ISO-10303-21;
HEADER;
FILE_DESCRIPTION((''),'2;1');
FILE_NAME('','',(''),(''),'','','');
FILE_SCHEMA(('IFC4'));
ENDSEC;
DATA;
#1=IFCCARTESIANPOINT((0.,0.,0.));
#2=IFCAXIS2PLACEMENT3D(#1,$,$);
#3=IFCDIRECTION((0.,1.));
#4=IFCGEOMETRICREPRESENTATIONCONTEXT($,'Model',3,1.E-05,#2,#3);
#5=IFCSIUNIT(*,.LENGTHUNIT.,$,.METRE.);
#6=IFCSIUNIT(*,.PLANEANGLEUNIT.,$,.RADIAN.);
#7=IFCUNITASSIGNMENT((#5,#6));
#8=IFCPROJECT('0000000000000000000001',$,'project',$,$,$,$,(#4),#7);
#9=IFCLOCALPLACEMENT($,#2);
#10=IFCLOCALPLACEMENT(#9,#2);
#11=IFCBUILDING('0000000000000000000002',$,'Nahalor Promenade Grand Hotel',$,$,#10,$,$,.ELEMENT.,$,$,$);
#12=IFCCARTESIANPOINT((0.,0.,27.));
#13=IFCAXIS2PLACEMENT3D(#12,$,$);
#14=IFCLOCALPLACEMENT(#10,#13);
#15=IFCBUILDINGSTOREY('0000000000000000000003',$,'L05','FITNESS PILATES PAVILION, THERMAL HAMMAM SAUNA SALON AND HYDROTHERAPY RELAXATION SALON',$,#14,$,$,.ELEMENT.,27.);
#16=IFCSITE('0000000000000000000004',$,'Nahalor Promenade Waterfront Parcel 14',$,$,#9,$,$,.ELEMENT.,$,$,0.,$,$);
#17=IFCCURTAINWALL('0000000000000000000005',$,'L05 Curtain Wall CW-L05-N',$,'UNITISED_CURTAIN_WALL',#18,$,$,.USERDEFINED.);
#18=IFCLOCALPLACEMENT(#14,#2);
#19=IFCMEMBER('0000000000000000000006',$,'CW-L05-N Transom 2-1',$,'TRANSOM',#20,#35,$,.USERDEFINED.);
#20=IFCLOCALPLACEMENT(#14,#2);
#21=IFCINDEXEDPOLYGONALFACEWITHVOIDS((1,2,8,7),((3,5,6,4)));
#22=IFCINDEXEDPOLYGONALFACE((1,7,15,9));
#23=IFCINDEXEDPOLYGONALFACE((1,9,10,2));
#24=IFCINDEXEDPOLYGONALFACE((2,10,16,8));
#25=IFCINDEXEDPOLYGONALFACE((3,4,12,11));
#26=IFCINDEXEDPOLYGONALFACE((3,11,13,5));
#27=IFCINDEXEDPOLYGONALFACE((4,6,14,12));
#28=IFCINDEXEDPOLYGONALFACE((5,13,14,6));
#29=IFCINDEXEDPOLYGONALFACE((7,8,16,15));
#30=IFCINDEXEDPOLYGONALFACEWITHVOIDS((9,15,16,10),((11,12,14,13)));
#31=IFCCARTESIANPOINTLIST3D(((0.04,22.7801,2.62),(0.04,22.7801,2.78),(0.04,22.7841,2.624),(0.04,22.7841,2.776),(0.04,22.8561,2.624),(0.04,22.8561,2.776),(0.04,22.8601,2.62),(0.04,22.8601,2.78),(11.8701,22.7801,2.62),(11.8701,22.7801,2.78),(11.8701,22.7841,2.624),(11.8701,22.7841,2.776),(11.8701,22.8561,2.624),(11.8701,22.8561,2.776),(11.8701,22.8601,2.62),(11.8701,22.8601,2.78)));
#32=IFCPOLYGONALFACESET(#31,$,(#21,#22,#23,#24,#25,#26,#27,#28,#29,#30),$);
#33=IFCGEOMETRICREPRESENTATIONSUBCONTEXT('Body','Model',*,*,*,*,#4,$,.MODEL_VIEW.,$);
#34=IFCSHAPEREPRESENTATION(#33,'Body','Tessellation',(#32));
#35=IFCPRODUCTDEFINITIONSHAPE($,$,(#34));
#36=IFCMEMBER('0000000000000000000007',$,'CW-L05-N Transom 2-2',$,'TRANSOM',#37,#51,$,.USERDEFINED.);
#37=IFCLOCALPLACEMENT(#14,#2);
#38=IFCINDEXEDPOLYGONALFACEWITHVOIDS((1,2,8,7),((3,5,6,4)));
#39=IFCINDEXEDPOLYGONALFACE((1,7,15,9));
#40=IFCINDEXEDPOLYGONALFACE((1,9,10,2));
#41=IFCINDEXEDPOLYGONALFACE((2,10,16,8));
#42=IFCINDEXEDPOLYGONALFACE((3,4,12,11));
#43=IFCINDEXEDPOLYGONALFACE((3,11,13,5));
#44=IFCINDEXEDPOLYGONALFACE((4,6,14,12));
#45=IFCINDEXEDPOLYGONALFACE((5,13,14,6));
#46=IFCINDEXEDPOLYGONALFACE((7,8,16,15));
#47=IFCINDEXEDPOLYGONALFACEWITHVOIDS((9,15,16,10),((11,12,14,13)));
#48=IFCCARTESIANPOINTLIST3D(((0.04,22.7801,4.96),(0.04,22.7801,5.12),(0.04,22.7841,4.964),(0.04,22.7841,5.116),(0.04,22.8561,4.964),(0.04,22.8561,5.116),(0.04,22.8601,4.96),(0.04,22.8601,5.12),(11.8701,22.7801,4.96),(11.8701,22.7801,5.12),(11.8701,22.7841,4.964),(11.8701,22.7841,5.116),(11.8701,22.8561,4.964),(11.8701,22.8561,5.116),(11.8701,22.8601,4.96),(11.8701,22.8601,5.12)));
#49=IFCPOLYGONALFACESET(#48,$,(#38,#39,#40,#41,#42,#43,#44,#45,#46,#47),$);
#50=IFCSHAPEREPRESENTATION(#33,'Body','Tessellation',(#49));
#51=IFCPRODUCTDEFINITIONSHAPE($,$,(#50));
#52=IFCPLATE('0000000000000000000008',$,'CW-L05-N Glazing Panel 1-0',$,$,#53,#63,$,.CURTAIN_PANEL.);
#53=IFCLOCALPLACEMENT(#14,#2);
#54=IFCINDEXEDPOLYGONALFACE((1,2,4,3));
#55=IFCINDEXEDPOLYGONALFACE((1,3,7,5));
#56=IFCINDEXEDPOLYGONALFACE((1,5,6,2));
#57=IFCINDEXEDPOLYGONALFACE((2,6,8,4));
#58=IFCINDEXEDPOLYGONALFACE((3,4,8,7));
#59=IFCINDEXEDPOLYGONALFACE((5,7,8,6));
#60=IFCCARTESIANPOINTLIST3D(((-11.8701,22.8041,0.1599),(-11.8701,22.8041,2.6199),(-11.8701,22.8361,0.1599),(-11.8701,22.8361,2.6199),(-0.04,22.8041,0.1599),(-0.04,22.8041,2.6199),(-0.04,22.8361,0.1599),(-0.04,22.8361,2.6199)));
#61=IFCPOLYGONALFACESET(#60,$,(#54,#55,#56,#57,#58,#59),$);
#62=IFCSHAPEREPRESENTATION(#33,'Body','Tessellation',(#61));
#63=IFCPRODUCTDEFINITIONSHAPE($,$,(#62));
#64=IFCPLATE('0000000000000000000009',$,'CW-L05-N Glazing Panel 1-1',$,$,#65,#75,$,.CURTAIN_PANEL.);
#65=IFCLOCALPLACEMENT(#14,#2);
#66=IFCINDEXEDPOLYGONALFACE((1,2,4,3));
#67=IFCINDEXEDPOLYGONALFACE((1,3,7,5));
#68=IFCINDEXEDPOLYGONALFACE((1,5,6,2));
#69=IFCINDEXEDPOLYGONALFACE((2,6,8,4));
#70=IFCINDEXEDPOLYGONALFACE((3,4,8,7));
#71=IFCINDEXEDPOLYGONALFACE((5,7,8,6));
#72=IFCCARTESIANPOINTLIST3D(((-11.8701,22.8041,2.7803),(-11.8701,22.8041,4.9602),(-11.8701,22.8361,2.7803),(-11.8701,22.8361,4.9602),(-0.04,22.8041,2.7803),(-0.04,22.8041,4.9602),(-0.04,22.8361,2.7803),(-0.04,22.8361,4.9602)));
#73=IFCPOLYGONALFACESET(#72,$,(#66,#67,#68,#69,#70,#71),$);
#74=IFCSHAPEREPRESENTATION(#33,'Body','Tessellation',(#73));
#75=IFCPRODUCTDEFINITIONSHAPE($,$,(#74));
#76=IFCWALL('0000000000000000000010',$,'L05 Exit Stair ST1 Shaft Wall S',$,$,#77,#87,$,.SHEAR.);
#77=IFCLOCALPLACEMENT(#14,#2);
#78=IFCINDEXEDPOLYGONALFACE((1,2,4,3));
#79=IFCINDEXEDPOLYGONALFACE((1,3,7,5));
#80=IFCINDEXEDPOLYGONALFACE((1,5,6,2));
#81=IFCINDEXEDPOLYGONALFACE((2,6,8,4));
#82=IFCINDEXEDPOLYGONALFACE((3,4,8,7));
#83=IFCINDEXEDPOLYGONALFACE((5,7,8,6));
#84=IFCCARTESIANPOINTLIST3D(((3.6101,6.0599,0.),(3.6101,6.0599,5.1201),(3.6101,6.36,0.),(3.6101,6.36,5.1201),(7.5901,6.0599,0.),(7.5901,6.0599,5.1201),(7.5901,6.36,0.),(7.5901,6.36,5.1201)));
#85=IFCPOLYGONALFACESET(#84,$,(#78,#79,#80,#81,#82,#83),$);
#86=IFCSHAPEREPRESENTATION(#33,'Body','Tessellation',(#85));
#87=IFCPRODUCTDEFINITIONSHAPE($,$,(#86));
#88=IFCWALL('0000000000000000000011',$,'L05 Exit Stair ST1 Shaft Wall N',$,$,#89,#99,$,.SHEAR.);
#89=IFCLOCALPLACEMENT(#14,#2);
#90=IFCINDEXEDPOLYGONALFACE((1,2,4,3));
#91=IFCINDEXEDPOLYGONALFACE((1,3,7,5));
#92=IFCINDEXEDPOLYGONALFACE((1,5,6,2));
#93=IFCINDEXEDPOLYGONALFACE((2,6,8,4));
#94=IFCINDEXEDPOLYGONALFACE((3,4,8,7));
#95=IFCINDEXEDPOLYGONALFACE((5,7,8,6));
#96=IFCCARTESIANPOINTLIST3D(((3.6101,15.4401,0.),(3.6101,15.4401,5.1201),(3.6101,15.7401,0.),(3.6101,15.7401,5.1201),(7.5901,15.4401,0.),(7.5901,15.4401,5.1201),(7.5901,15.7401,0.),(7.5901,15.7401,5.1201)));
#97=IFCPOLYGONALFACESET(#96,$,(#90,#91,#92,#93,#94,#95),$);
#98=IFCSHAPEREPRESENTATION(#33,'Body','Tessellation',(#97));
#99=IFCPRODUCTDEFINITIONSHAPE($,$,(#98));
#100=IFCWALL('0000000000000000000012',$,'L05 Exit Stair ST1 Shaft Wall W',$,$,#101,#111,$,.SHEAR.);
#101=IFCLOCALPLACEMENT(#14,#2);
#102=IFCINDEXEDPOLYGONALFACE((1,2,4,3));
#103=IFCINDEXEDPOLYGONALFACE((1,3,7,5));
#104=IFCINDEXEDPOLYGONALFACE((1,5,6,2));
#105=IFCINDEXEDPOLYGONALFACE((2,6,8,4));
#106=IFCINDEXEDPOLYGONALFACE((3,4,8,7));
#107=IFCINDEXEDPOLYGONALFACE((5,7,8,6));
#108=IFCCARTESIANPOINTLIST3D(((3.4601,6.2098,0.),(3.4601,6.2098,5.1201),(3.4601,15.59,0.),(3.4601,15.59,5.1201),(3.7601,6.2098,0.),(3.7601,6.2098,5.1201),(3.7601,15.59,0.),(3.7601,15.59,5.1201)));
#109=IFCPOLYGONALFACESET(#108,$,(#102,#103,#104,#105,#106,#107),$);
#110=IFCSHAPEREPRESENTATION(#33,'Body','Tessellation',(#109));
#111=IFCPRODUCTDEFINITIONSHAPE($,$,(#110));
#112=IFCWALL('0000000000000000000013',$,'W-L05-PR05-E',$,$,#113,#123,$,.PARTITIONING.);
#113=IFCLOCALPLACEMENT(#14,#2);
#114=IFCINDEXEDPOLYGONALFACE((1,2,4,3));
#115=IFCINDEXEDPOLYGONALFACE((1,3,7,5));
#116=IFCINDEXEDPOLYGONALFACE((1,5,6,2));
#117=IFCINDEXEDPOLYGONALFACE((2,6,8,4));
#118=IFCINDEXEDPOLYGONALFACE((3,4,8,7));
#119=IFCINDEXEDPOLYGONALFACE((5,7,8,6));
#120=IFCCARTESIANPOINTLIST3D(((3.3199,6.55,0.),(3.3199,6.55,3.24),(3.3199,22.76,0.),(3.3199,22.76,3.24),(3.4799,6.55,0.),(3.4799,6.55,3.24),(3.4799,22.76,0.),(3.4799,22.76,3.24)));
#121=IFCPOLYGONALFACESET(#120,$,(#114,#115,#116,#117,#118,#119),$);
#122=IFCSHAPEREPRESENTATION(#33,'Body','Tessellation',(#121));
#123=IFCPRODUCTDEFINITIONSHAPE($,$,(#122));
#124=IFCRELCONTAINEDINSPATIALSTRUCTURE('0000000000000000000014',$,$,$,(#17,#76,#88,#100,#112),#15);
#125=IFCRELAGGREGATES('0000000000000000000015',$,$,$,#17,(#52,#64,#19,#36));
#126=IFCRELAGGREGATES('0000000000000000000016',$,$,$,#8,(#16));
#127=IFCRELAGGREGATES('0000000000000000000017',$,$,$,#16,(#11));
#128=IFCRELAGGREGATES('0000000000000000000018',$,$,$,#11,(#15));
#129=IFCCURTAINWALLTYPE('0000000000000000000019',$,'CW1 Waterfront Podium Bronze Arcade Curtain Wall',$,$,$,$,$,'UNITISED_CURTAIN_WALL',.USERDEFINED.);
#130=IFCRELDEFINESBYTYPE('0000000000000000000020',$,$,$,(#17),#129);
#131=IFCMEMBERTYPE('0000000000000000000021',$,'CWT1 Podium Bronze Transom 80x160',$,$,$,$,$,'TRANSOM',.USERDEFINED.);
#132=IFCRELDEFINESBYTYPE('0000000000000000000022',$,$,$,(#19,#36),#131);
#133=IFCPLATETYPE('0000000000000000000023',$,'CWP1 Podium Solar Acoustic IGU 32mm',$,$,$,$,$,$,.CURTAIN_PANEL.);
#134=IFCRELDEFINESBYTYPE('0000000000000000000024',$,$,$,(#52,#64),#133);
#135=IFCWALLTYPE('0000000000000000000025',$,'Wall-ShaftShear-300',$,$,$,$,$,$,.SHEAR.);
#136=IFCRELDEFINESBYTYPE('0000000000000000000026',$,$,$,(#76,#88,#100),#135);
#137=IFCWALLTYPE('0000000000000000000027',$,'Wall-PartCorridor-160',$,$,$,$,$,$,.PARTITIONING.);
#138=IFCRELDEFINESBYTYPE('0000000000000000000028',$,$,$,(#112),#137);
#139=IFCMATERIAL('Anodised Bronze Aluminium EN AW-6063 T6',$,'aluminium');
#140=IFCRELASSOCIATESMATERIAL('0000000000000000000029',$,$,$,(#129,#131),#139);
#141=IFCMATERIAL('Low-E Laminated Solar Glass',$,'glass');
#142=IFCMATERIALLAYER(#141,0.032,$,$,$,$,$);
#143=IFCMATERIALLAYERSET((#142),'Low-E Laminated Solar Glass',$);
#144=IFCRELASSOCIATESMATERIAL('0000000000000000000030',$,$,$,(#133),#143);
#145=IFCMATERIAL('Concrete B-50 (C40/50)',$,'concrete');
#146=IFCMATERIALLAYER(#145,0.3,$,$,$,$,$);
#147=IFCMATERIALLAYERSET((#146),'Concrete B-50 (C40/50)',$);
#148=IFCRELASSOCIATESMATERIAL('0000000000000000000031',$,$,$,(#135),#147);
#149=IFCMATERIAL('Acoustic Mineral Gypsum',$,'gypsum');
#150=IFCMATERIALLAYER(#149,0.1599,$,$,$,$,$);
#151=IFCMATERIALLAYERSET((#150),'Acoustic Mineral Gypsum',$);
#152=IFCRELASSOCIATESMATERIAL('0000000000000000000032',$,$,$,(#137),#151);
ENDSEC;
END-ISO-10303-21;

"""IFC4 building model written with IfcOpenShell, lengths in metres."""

from ifc_helpers import new_model, si_unit, direction, frame, frame_2d, origin, origin_2d, place, context, subcontext, project, spatial, rectangle, hollow_rectangle, extrude, source, transform, mapped, material, layer, layer_set, material_profile, profile_set, type_object, element, aggregate, save


model = new_model("IFC4")

# Units and contexts
model_context = context("Model", 3, precision=1e-05, world=origin(), true_north=direction((0.0, 1.0)))
body_context = subcontext(model_context, "Body", "Model", "MODEL_VIEW")
ifc_project = project(units=[si_unit("LENGTHUNIT", "METRE"), si_unit("PLANEANGLEUNIT", "RADIAN")], contexts=[model_context])

# Site, building, storey
site_placement = place(None, origin())
site = spatial("IfcSite", under=ifc_project, at=site_placement, Name="Nahalor Promenade Waterfront Parcel 14", CompositionType="ELEMENT", RefElevation=0.0)
building_placement = place(site_placement, origin())
building = spatial("IfcBuilding", under=site, at=building_placement, Name="Nahalor Promenade Grand Hotel", CompositionType="ELEMENT")
storey_placement = place(building_placement, frame((0.0, 0.0, 27.0)))
storey = spatial("IfcBuildingStorey", under=building, at=storey_placement, Name="L05", Description="FITNESS PILATES PAVILION, THERMAL HAMMAM SAUNA SALON AND HYDROTHERAPY RELAXATION SALON", CompositionType="ELEMENT", Elevation=27.0)

# Curtain wall, members, plates
ifc_material_1 = material(Name="Anodised Bronze Aluminium EN AW-6063 T6", Category="aluminium")
curtain_wall_type = type_object("IfcCurtainWallType", Name="CW1 Waterfront Podium Bronze Arcade Curtain Wall", ElementType="UNITISED_CURTAIN_WALL", PredefinedType="USERDEFINED", material=ifc_material_1)
curtain_wall_placement = place(storey_placement, origin())
curtain_wall = element("IfcCurtainWall", 1, at=curtain_wall_placement, inside=storey, type_object=curtain_wall_type, Name="L05 Curtain Wall CW-L05-N", ObjectType="UNITISED_CURTAIN_WALL", PredefinedType="USERDEFINED")
ifc_material_profile_1 = material_profile(ifc_material_1, hollow_rectangle(XDim=0.08, YDim=0.16, WallThickness=0.004, at=origin_2d()), Name="CWT 80x160x4")
ifc_profile_set_1 = profile_set([ifc_material_profile_1], Name="Anodised Bronze Aluminium EN AW-6063 T6")
member_type_1 = type_object("IfcMemberType", Name="CWT1 Podium Bronze Transom 80x160", ElementType="TRANSOM", PredefinedType="USERDEFINED", material=ifc_profile_set_1)
shared_shape_1 = source(origin(), body_context, "Body", "SweptSolid", [
    extrude(hollow_rectangle(XDim=0.08, YDim=0.16, WallThickness=0.004, at=origin_2d()), origin(), (0.0, 0.0, 1.0), 11.8301),
])
member_1_placement = place(storey_placement, frame((0.04, 22.8201, 2.7), z_axis=(1.0, 0.0, 0.0), x_axis=(0.0, 1.0, 0.0)))
member_1 = element("IfcMember", 2, at=member_1_placement, type_object=member_type_1, Name="CW-L05-N Transom 2-1", ObjectType="TRANSOM", PredefinedType="USERDEFINED", context=body_context, shape_type="MappedRepresentation", body=[
    mapped(shared_shape_1, transform((0.0, 0.0, 0.0), scale=1.0)),
])
member_2_placement = place(storey_placement, frame((0.04, 22.8201, 5.04), z_axis=(1.0, 0.0, 0.0), x_axis=(0.0, 1.0, 0.0)))
member_2 = element("IfcMember", 3, at=member_2_placement, type_object=member_type_1, Name="CW-L05-N Transom 2-2", ObjectType="TRANSOM", PredefinedType="USERDEFINED", context=body_context, shape_type="MappedRepresentation", body=[
    mapped(shared_shape_1, transform((0.0, 0.0, 0.0), scale=1.0)),
])
ifc_material_2 = material(Name="Low-E Laminated Solar Glass", Category="glass")
ifc_layer_1 = layer(ifc_material_2, 0.032)
ifc_layer_set_1 = layer_set([ifc_layer_1], Name="Low-E Laminated Solar Glass")
plate_type = type_object("IfcPlateType", Name="CWP1 Podium Solar Acoustic IGU 32mm", PredefinedType="CURTAIN_PANEL", material=ifc_layer_set_1)
shared_shape_2 = source(origin(), body_context, "Body", "SweptSolid", [
    extrude(rectangle(XDim=11.8301, YDim=0.032, at=origin_2d()), origin(), (0.0, 0.0, 1.0), 2.46),
])
plate_1_placement = place(storey_placement, frame((-5.9551, 22.8201, 0.1599), z_axis=(0.0, 0.0, 1.0), x_axis=(1.0, 0.0, 0.0)))
plate_1 = element("IfcPlate", 4, at=plate_1_placement, type_object=plate_type, Name="CW-L05-N Glazing Panel 1-0", PredefinedType="CURTAIN_PANEL", context=body_context, shape_type="MappedRepresentation", body=[
    mapped(shared_shape_2, transform((0.0, 0.0, 0.0), scale=1.0)),
])
shared_shape_3 = source(origin(), body_context, "Body", "SweptSolid", [
    extrude(rectangle(XDim=11.8301, YDim=0.032, at=origin_2d()), origin(), (0.0, 0.0, 1.0), 2.1799),
])
plate_2_placement = place(storey_placement, frame((-5.9551, 22.8201, 2.7803), z_axis=(0.0, 0.0, 1.0), x_axis=(1.0, 0.0, 0.0)))
plate_2 = element("IfcPlate", 5, at=plate_2_placement, type_object=plate_type, Name="CW-L05-N Glazing Panel 1-1", PredefinedType="CURTAIN_PANEL", context=body_context, shape_type="MappedRepresentation", body=[
    mapped(shared_shape_3, transform((0.0, 0.0, 0.0), scale=1.0)),
])
aggregate(curtain_wall, [plate_1, plate_2, member_1, member_2])

# Walls
ifc_material_3 = material(Name="Concrete B-50 (C40/50)", Category="concrete")
ifc_layer_2 = layer(ifc_material_3, 0.3)
ifc_layer_set_2 = layer_set([ifc_layer_2], Name="Concrete B-50 (C40/50)")
wall_type_1 = type_object("IfcWallType", Name="Wall-ShaftShear-300", PredefinedType="SHEAR", material=ifc_layer_set_2)
shared_shape_4 = source(origin(), body_context, "Body", "SweptSolid", [
    extrude(rectangle(XDim=3.98, YDim=0.3, at=frame_2d((1.99, 0.0))), origin(), (0.0, 0.0, 1.0), 5.1201),
])
for number, where, z_axis, x_axis, name in (
    (6, (3.6101, 6.21, 0.0), (0.0, 0.0, 1.0), (1.0, 0.0, 0.0), "L05 Exit Stair ST1 Shaft Wall S"),
    (7, (3.6101, 15.5901, 0.0), (0.0, 0.0, 1.0), (1.0, 0.0, 0.0), "L05 Exit Stair ST1 Shaft Wall N"),
):
    element("IfcWall", number, at=place(storey_placement, frame(where, z_axis=z_axis, x_axis=x_axis)), inside=storey, type_object=wall_type_1, Name=name, PredefinedType="SHEAR", context=body_context, shape_type="MappedRepresentation", body=[
        mapped(shared_shape_4, transform((0.0, 0.0, 0.0), scale=1.0)),
    ])
shared_shape_5 = source(origin(), body_context, "Body", "SweptSolid", [
    extrude(rectangle(XDim=9.3801, YDim=0.3, at=frame_2d((4.6899, 0.0))), origin(), (0.0, 0.0, 1.0), 5.1201),
])
wall_1_placement = place(storey_placement, frame((3.6101, 6.21, 0.0), z_axis=(0.0, 0.0, 1.0), x_axis=(0.0, 1.0, 0.0)))
element("IfcWall", 8, at=wall_1_placement, inside=storey, type_object=wall_type_1, Name="L05 Exit Stair ST1 Shaft Wall W", PredefinedType="SHEAR", context=body_context, shape_type="MappedRepresentation", body=[
    mapped(shared_shape_5, transform((0.0, 0.0, 0.0), scale=1.0)),
])
ifc_material_4 = material(Name="Acoustic Mineral Gypsum", Category="gypsum")
ifc_layer_3 = layer(ifc_material_4, 0.1599)
ifc_layer_set_3 = layer_set([ifc_layer_3], Name="Acoustic Mineral Gypsum")
wall_type_2 = type_object("IfcWallType", Name="Wall-PartCorridor-160", PredefinedType="PARTITIONING", material=ifc_layer_set_3)
shared_shape_6 = source(origin(), body_context, "Body", "SweptSolid", [
    extrude(rectangle(XDim=16.21, YDim=0.1599, at=frame_2d((8.105, 0.0))), origin(), (0.0, 0.0, 1.0), 3.24),
])
wall_2_placement = place(storey_placement, frame((3.3999, 6.55, 0.0), z_axis=(0.0, 0.0, 1.0), x_axis=(0.0, 1.0, 0.0)))
element("IfcWall", 9, at=wall_2_placement, inside=storey, type_object=wall_type_2, Name="W-L05-PR05-E", PredefinedType="PARTITIONING", context=body_context, shape_type="MappedRepresentation", body=[
    mapped(shared_shape_6, transform((0.0, 0.0, 0.0), scale=1.0)),
])

save(model, "model.ifc")
